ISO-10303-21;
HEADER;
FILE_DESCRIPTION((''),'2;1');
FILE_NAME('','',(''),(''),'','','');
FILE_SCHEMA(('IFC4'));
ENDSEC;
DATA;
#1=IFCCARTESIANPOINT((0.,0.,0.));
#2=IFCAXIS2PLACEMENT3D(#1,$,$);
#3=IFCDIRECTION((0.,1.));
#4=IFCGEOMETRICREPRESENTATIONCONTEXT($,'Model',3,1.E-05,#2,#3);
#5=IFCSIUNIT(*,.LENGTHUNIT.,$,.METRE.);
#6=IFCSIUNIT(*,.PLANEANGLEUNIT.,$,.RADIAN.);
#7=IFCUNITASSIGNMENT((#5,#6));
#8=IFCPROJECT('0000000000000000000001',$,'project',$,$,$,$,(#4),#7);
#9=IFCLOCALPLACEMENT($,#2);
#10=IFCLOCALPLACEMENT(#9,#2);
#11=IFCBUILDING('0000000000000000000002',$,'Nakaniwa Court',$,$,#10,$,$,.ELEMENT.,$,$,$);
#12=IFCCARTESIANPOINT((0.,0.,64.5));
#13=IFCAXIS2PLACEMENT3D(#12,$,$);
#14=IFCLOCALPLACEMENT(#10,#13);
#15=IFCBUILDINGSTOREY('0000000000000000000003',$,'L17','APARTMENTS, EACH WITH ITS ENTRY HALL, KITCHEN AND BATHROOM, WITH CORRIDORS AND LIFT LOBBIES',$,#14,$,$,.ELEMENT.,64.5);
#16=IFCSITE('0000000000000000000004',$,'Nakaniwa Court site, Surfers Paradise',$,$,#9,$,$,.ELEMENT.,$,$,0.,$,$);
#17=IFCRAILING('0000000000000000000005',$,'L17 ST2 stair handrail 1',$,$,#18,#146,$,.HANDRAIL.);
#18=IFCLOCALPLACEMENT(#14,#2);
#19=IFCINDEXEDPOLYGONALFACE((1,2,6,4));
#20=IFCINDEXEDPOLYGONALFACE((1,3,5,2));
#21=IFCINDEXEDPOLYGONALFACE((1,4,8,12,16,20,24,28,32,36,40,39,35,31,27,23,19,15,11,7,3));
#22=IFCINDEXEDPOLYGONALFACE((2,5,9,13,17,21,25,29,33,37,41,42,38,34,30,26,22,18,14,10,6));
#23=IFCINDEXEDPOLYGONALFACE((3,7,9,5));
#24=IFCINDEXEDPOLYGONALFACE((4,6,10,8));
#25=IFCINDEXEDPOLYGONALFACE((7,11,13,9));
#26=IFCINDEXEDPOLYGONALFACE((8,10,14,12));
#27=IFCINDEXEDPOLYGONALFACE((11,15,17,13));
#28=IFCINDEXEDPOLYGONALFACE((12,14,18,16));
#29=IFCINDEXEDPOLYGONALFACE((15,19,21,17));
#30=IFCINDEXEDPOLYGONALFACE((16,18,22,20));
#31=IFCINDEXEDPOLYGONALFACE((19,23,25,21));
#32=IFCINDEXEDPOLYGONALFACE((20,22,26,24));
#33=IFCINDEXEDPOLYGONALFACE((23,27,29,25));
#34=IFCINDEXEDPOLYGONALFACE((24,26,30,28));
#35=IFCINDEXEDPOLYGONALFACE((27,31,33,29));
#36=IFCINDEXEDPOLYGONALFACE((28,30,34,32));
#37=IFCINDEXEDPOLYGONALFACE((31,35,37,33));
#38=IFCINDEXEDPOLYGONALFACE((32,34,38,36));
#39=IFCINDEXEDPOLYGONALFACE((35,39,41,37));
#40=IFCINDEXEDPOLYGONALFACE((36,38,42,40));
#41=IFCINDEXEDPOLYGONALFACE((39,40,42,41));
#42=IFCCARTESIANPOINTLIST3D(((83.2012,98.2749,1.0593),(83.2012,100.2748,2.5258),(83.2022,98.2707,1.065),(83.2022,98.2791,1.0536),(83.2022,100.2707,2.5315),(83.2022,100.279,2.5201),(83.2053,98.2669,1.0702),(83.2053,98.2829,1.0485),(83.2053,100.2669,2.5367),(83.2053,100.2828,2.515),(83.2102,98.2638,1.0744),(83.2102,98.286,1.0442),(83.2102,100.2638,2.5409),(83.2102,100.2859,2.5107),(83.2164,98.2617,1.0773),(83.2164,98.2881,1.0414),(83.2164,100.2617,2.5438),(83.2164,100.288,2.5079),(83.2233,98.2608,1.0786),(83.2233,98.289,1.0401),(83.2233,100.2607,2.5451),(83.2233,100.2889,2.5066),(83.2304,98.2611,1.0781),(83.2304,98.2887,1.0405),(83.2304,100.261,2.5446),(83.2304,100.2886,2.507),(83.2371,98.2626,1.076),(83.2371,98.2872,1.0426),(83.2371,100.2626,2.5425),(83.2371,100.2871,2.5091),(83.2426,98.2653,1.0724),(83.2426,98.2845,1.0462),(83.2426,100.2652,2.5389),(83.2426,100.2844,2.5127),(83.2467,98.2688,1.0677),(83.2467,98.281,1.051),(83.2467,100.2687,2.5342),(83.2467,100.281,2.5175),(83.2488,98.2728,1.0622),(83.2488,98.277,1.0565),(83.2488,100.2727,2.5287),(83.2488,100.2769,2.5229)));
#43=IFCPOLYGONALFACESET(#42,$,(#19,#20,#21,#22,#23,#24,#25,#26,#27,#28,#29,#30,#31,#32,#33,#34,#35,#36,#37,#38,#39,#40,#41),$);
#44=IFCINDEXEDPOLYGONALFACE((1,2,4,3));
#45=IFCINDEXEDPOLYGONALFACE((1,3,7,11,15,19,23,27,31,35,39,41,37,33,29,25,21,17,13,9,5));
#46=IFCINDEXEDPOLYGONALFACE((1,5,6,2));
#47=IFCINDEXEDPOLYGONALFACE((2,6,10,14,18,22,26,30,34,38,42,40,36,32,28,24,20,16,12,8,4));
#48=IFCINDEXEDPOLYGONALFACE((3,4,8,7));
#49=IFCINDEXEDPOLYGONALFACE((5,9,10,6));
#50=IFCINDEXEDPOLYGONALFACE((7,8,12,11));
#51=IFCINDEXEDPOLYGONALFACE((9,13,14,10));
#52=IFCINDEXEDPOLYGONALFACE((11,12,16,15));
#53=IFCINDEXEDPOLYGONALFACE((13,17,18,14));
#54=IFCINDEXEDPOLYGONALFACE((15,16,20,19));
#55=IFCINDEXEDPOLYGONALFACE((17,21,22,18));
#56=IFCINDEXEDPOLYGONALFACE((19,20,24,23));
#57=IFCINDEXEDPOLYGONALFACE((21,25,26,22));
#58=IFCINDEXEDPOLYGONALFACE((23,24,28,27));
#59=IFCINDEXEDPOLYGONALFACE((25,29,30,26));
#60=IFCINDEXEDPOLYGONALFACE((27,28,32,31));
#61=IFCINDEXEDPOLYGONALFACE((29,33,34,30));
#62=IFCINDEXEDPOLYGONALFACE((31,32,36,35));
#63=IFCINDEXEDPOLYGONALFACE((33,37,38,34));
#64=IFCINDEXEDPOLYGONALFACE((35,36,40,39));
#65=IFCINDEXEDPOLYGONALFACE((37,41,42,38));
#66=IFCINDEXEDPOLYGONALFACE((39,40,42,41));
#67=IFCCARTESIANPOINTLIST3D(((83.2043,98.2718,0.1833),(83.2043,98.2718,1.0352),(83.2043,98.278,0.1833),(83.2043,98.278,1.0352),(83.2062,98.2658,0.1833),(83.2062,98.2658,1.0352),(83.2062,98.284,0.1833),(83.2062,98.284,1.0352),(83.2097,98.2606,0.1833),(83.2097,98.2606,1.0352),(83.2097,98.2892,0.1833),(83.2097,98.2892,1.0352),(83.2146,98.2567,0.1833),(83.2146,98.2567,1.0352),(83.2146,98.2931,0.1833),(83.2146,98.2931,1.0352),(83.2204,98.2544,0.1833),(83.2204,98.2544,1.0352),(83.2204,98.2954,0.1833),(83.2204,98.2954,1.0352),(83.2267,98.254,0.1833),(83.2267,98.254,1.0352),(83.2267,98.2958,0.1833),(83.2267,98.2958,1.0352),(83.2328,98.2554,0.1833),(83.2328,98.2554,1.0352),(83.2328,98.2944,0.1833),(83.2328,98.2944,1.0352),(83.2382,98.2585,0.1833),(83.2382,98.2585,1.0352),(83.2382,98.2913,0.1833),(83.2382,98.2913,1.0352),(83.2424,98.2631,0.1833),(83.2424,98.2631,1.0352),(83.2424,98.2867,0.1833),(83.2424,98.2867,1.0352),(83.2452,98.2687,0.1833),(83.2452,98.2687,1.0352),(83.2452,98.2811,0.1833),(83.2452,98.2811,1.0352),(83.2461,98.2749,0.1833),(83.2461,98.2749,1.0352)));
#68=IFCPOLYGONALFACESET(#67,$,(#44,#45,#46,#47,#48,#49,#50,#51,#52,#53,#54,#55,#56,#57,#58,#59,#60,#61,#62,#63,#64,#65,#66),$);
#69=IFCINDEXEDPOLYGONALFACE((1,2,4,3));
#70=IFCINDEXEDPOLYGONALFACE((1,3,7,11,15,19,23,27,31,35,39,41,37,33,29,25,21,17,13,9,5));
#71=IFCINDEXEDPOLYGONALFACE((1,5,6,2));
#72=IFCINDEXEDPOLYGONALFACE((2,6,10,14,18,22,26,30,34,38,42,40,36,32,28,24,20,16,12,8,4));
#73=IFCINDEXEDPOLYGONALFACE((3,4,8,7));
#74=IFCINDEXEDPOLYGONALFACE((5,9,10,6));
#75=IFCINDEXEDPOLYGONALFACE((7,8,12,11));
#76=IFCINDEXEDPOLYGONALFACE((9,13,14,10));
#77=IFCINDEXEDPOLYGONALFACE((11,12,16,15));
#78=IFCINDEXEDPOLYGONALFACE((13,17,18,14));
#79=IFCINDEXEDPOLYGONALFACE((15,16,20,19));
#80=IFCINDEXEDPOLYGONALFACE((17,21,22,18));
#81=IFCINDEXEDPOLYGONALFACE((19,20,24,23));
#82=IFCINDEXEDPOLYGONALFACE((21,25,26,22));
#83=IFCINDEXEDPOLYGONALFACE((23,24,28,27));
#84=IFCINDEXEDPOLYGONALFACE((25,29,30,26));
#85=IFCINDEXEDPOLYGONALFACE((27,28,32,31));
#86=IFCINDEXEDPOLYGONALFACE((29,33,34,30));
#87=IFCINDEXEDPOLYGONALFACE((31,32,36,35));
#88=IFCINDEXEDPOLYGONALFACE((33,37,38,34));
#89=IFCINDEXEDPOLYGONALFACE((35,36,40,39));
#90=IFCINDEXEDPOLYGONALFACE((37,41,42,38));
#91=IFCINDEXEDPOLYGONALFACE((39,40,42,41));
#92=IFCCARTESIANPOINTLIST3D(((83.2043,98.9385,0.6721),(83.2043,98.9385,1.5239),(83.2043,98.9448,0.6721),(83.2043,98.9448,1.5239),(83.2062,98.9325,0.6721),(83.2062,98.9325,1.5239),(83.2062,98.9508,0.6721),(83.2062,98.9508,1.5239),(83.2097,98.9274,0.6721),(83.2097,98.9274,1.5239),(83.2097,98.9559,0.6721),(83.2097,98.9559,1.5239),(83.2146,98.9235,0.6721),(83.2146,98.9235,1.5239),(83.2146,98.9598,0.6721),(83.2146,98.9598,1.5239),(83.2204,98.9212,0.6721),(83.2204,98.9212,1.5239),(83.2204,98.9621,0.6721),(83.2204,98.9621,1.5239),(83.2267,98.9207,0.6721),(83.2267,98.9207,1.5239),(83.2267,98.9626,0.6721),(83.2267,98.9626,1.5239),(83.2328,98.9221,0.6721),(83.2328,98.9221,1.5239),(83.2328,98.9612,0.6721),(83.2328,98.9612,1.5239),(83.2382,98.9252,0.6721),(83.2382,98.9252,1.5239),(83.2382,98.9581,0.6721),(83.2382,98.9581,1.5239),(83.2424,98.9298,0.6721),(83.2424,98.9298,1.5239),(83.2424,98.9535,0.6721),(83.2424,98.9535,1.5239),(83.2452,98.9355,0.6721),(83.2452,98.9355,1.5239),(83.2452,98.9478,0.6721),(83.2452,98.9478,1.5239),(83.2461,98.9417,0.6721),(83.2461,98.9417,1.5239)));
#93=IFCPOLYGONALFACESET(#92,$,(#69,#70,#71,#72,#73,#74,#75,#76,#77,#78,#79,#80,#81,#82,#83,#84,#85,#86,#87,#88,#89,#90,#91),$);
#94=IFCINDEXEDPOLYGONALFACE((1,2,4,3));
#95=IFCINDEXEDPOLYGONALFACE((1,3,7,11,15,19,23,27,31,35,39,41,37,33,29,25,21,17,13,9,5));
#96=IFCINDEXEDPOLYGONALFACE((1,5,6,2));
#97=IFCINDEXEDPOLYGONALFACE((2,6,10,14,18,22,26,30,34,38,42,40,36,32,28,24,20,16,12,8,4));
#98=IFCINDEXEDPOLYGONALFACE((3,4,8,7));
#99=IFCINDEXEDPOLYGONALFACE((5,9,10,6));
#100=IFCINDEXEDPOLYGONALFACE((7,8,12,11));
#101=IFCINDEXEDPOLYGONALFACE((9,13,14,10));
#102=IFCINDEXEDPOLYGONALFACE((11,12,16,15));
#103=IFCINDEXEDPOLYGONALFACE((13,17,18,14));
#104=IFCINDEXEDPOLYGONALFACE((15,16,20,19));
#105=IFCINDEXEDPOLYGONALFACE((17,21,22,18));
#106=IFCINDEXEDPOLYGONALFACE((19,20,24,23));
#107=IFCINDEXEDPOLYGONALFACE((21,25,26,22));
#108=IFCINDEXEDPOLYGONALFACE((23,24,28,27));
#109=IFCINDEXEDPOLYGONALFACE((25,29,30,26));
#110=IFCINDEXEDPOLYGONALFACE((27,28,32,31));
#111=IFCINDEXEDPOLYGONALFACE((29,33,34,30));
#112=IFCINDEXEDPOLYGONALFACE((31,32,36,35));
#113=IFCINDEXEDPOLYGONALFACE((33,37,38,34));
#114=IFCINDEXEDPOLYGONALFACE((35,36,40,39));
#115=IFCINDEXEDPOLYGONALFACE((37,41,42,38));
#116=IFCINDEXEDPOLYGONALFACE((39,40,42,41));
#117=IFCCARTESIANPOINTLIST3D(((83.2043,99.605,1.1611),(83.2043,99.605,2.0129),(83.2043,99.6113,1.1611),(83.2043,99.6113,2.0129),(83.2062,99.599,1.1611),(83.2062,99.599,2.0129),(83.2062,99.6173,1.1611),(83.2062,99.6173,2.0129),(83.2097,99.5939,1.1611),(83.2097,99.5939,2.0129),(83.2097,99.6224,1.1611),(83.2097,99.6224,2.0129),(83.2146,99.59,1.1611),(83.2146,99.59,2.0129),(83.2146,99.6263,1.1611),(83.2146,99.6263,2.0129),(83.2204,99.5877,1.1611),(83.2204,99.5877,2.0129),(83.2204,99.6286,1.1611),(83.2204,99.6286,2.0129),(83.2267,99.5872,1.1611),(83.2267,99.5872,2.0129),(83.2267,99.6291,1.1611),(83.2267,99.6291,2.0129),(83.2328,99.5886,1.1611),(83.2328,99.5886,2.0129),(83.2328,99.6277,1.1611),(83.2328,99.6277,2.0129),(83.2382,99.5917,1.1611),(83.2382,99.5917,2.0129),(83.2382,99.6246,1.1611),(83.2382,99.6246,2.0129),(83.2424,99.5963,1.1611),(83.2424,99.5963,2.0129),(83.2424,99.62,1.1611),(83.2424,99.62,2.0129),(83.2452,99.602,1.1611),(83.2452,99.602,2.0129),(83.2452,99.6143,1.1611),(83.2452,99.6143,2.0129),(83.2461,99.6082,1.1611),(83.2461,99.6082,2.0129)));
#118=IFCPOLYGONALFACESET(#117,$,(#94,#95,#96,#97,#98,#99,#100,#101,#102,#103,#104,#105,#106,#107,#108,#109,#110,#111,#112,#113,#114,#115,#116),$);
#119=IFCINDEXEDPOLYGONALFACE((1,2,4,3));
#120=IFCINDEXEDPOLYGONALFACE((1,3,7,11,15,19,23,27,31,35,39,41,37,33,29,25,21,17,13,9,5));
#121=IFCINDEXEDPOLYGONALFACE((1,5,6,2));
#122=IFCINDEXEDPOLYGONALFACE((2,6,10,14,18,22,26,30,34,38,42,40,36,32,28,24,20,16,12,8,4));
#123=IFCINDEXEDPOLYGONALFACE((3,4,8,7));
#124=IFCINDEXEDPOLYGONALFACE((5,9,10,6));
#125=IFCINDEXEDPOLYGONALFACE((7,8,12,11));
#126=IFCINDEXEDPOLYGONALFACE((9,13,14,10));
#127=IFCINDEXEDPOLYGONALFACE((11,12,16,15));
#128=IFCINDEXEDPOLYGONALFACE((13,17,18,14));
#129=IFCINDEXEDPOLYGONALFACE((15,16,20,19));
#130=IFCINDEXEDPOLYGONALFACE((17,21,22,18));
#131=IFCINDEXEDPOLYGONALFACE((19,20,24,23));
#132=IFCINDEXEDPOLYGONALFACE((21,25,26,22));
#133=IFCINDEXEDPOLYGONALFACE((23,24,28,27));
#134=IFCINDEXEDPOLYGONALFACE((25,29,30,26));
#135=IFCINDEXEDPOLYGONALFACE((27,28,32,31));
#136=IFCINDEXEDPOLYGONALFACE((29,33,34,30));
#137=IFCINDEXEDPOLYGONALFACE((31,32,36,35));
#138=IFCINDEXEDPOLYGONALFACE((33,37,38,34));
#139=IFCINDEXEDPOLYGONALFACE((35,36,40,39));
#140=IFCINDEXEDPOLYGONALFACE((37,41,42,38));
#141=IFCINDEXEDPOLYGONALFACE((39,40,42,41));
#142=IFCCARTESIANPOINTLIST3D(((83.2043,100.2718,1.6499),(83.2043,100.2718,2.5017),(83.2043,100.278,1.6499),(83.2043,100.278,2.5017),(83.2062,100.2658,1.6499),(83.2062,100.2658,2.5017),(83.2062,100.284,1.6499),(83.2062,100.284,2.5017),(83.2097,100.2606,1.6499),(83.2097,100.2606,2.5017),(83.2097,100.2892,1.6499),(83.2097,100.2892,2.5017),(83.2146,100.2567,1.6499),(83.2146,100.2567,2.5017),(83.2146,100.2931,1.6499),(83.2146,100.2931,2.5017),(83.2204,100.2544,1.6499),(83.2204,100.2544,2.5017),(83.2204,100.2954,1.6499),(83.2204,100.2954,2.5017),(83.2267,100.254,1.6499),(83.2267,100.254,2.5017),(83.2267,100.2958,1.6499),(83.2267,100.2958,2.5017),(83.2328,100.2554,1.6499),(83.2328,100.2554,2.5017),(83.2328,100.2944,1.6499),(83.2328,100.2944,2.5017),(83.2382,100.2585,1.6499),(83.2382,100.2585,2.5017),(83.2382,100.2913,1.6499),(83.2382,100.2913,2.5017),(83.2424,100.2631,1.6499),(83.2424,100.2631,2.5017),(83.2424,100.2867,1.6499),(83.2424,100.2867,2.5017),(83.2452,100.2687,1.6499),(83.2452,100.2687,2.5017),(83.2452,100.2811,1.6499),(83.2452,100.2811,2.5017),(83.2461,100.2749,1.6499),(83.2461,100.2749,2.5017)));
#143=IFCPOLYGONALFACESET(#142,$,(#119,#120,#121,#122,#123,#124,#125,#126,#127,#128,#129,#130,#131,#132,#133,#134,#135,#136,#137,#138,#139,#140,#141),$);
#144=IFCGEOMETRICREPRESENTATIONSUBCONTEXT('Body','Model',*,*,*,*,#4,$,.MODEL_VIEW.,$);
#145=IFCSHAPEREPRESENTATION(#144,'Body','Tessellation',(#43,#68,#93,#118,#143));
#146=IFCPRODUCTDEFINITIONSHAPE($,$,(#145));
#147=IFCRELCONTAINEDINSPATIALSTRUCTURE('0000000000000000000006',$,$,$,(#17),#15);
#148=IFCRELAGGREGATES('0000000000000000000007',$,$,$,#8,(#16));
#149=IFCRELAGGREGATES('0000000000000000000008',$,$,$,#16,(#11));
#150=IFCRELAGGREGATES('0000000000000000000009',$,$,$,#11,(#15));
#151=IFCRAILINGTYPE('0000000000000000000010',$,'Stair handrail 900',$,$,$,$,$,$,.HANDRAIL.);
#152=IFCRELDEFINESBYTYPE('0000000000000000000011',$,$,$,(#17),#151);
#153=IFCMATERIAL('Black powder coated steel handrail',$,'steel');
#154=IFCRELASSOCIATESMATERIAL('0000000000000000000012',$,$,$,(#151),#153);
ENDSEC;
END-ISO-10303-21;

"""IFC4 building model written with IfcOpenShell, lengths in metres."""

from ifc_helpers import new_model, si_unit, direction, frame, origin, origin_2d, place, context, subcontext, project, spatial, circle, extrude, material, type_object, element, save


model = new_model("IFC4")

# Units and contexts
model_context = context("Model", 3, precision=1e-05, world=origin(), true_north=direction((0.0, 1.0)))
body_context = subcontext(model_context, "Body", "Model", "MODEL_VIEW")
ifc_project = project(units=[si_unit("LENGTHUNIT", "METRE"), si_unit("PLANEANGLEUNIT", "RADIAN")], contexts=[model_context])

# Site, building, storey
site_placement = place(None, origin())
site = spatial("IfcSite", under=ifc_project, at=site_placement, Name="Nakaniwa Court site, Surfers Paradise", CompositionType="ELEMENT", RefElevation=0.0)
building_placement = place(site_placement, origin())
building = spatial("IfcBuilding", under=site, at=building_placement, Name="Nakaniwa Court", CompositionType="ELEMENT")
storey_placement = place(building_placement, frame((0.0, 0.0, 64.5)))
storey = spatial("IfcBuildingStorey", under=building, at=storey_placement, Name="L17", Description="APARTMENTS, EACH WITH ITS ENTRY HALL, KITCHEN AND BATHROOM, WITH CORRIDORS AND LIFT LOBBIES", CompositionType="ELEMENT", Elevation=64.5)

# Railing
ifc_material_1 = material(Name="Black powder coated steel handrail", Category="steel")
railing_type_1 = type_object("IfcRailingType", Name="Stair handrail 900", PredefinedType="HANDRAIL", material=ifc_material_1)
railing_1_placement = place(storey_placement, frame((83.2251, 98.2749, 0.1833)))
element("IfcRailing", 1, at=railing_1_placement, inside=storey, type_object=railing_type_1, Name="L17 ST2 stair handrail 1", PredefinedType="HANDRAIL", context=body_context, shape_type="SweptSolid", body=[
    extrude(circle(Radius=0.0239, at=origin_2d()), frame((0.0, 0.0, 0.876), z_axis=(0.0, 0.806427, 0.591334), x_axis=(-1.0, 0.0, 0.0)), (0.0, 0.0, 1.0), 2.48),
    extrude(circle(Radius=0.021, at=origin_2d()), origin(), (0.0, 0.0, 1.0), 0.8518),
    extrude(circle(Radius=0.021, at=origin_2d()), frame((0.0, 0.6667, 0.4888)), (0.0, 0.0, 1.0), 0.8518),
    extrude(circle(Radius=0.021, at=origin_2d()), frame((0.0, 1.3333, 0.9778)), (0.0, 0.0, 1.0), 0.8518),
    extrude(circle(Radius=0.021, at=origin_2d()), frame((0.0, 2.0, 1.4666)), (0.0, 0.0, 1.0), 0.8518),
])

save(model, "model.ifc")
